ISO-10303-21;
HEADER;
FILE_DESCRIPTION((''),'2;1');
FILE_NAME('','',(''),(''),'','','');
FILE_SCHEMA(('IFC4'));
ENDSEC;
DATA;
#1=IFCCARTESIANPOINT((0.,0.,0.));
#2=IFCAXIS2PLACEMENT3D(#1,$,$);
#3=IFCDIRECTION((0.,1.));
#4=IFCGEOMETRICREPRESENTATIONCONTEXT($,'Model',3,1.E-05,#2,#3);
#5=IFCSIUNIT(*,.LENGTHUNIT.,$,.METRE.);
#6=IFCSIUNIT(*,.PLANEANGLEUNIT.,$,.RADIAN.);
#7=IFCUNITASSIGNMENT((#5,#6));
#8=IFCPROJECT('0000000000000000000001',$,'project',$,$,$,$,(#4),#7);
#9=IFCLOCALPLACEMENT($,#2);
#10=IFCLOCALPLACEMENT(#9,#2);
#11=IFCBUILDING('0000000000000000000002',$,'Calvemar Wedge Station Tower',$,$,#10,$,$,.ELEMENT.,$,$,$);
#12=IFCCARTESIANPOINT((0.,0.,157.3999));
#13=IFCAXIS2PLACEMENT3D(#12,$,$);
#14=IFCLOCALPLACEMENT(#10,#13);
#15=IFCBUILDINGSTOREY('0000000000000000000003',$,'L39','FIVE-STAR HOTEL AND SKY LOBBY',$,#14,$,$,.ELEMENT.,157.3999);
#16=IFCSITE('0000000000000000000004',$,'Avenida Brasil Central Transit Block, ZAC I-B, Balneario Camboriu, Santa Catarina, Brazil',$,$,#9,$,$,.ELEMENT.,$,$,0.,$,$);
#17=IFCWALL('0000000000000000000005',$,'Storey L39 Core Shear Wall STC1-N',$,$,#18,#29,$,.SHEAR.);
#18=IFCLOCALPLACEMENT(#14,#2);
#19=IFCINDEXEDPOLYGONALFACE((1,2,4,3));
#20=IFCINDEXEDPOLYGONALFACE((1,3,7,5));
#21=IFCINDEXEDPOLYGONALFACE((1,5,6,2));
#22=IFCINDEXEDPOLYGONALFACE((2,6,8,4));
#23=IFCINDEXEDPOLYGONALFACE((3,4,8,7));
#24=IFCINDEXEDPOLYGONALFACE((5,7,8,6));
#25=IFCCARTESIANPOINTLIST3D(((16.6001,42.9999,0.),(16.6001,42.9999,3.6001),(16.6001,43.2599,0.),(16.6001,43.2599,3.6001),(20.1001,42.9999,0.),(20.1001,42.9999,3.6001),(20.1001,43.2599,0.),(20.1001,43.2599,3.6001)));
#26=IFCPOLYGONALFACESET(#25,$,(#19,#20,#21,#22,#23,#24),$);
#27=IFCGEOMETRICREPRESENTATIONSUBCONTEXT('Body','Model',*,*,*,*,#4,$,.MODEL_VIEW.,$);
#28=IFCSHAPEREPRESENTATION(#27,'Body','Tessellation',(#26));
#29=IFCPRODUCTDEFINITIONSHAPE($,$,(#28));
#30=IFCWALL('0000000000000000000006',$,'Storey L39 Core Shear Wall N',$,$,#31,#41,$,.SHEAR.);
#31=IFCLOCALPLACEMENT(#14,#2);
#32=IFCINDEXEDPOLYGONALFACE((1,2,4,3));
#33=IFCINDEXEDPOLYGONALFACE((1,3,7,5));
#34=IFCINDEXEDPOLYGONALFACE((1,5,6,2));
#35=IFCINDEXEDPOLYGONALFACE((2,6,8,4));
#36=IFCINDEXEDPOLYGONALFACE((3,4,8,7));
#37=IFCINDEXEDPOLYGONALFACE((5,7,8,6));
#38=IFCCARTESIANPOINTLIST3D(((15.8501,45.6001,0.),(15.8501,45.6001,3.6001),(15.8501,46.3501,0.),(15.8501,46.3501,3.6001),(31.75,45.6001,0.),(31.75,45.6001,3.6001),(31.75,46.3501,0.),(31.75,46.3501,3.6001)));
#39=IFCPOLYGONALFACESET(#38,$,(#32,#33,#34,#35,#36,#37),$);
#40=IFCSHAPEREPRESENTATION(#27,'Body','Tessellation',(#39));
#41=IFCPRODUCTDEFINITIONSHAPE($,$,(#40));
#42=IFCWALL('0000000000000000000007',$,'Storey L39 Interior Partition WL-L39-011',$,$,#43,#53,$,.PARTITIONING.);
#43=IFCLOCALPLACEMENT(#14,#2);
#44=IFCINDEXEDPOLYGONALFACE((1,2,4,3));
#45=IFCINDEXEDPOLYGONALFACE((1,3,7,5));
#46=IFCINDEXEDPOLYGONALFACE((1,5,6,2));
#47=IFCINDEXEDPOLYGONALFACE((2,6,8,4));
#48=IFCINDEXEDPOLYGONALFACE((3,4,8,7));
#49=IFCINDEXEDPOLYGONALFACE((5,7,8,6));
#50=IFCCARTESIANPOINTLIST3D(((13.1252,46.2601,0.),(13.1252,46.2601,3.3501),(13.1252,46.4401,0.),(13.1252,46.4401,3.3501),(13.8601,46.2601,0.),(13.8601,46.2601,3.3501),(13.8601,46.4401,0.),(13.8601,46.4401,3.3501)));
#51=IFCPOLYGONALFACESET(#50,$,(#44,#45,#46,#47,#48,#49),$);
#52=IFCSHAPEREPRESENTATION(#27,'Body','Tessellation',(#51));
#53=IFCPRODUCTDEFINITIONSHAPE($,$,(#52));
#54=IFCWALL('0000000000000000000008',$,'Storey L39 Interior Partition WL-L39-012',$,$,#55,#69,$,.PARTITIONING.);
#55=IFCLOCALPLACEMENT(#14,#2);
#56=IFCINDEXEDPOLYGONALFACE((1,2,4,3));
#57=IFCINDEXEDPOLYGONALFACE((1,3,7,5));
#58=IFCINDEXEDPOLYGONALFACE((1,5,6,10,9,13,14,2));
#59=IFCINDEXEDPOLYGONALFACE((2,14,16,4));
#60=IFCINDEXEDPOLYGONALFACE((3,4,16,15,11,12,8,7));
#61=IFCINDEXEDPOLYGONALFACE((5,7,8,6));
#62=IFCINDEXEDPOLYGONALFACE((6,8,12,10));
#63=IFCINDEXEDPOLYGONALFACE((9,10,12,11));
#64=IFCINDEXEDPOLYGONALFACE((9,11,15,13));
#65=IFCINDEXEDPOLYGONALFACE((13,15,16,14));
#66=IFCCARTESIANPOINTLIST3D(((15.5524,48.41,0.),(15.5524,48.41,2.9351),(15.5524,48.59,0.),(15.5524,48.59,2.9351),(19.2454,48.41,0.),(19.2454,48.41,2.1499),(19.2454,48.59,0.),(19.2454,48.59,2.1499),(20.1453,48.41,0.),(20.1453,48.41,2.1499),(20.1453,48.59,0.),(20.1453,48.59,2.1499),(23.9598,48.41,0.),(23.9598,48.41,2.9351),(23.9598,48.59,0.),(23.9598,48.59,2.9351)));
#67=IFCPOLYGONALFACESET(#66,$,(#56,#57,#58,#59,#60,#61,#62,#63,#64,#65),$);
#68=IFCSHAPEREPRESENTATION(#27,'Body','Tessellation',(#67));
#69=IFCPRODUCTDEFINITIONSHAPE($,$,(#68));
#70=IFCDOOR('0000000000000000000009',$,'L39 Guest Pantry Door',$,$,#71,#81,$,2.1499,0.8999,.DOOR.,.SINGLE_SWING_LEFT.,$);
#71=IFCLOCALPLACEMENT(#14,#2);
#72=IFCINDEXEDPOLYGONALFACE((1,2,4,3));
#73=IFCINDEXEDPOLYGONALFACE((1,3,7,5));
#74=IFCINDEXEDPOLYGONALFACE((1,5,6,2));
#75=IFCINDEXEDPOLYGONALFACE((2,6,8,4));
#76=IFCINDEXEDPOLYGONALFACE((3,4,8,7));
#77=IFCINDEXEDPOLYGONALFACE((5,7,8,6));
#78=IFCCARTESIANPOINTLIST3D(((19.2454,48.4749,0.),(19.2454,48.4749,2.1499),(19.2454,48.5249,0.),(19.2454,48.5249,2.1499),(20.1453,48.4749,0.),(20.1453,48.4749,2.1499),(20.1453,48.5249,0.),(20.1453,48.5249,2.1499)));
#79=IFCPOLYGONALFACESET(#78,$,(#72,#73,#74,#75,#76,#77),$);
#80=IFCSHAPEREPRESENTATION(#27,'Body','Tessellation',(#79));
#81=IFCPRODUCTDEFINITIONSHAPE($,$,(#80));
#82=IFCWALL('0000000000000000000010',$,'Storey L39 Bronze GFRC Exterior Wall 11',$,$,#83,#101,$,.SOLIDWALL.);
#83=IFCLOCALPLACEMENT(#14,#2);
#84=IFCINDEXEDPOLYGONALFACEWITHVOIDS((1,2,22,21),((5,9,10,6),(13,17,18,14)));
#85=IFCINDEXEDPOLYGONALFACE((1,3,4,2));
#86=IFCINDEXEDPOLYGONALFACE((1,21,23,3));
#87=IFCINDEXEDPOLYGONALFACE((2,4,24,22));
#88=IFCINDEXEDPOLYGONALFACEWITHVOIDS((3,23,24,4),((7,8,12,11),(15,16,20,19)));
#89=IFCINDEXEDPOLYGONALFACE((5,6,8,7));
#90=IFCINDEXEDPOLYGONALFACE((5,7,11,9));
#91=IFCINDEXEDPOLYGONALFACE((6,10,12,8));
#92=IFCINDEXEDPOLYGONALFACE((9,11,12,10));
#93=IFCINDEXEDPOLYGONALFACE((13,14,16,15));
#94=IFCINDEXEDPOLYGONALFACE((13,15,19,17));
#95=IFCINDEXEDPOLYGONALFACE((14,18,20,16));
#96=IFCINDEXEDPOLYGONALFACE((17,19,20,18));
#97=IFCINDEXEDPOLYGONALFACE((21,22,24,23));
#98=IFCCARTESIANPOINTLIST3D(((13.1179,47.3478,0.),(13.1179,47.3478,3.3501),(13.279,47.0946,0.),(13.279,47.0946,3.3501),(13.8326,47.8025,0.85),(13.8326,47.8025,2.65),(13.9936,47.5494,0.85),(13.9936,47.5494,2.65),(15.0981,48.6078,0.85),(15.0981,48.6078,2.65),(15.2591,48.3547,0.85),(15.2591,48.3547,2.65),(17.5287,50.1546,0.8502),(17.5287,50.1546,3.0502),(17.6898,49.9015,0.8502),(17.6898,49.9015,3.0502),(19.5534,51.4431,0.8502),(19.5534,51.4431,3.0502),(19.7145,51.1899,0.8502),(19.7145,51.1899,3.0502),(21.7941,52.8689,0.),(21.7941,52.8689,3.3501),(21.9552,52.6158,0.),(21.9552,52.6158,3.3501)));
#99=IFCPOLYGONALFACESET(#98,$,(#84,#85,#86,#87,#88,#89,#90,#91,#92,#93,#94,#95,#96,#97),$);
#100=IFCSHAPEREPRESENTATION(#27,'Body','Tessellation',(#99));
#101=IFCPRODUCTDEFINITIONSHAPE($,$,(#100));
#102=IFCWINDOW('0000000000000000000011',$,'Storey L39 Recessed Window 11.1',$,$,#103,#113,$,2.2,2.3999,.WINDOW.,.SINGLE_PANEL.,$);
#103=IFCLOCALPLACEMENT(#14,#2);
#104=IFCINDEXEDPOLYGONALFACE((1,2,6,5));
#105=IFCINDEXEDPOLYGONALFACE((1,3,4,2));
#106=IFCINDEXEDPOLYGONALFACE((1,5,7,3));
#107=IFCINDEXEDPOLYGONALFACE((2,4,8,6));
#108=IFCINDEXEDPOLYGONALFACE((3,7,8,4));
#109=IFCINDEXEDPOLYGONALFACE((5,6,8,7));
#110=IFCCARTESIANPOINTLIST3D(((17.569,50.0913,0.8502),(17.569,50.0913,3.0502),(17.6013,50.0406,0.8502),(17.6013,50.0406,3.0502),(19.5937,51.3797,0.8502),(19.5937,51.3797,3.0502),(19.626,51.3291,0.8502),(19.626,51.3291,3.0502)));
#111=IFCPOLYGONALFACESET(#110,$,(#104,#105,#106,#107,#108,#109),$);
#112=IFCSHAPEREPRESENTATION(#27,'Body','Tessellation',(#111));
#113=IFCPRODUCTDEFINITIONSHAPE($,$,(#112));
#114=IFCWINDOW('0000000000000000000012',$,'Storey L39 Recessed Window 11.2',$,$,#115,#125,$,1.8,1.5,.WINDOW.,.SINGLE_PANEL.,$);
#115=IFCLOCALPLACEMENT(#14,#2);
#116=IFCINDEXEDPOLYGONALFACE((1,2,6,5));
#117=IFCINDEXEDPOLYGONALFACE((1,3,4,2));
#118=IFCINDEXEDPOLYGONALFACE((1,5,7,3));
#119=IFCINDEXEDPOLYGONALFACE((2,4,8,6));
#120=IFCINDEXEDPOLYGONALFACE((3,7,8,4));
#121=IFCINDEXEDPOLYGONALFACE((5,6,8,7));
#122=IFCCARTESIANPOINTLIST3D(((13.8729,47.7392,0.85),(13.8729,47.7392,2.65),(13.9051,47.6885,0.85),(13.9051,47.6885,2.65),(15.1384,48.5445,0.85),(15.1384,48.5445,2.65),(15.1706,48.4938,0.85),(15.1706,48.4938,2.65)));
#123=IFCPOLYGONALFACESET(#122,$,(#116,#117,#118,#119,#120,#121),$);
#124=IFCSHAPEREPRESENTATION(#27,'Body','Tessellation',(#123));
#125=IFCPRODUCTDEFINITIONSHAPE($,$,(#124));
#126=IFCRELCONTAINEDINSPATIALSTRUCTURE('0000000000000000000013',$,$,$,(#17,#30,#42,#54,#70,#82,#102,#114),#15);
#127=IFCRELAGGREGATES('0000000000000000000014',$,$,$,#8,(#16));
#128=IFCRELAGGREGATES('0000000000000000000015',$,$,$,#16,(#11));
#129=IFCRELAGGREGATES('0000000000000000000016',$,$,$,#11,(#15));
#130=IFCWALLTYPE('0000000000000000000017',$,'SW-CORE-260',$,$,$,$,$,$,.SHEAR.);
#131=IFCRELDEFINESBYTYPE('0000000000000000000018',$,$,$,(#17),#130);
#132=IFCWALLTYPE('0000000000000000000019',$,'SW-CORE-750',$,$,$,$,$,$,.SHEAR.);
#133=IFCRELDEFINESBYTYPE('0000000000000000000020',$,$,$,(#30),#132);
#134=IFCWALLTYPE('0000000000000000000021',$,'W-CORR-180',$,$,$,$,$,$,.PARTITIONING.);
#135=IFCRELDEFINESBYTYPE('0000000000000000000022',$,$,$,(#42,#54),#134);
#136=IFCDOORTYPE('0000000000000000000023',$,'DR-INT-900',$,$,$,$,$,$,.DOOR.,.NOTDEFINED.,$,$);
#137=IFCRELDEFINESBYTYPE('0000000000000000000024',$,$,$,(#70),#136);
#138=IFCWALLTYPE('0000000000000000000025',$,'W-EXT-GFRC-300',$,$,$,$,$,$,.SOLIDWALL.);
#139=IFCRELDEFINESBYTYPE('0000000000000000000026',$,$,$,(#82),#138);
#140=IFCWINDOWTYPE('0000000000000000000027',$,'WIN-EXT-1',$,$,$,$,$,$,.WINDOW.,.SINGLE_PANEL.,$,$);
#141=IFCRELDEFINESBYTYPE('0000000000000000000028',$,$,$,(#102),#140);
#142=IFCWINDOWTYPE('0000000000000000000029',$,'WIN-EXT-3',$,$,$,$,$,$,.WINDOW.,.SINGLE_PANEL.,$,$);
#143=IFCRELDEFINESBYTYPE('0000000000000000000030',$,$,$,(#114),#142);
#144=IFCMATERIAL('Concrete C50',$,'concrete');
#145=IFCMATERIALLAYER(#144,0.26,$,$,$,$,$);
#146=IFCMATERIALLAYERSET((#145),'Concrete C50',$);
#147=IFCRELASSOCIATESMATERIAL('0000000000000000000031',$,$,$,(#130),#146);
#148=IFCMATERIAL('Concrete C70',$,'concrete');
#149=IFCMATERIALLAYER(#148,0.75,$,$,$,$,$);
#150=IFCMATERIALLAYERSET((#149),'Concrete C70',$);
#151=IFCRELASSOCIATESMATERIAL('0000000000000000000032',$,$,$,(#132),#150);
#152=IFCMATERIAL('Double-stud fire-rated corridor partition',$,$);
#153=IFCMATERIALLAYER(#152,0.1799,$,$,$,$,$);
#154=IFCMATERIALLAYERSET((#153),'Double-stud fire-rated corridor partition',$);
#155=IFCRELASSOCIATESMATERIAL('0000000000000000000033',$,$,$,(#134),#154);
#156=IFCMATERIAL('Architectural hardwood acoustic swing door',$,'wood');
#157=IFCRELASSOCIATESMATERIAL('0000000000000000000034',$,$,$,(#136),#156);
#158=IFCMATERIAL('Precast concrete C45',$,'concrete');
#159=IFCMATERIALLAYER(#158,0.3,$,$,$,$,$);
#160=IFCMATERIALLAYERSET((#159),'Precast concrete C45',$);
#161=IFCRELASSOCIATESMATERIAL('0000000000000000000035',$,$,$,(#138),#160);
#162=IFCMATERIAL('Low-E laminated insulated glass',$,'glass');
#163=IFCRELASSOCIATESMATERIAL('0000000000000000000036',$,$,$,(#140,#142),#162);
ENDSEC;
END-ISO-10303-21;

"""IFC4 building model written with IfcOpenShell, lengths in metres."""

from ifc_helpers import new_model, si_unit, direction, frame, frame_2d, origin, place, context, subcontext, project, spatial, rectangle, extrude, source, transform, mapped, material, layer, layer_set, type_object, element, fill, save


model = new_model("IFC4")

# Units and contexts
model_context = context("Model", 3, precision=1e-05, world=origin(), true_north=direction((0.0, 1.0)))
body_context = subcontext(model_context, "Body", "Model", "MODEL_VIEW")
ifc_project = project(units=[si_unit("LENGTHUNIT", "METRE"), si_unit("PLANEANGLEUNIT", "RADIAN")], contexts=[model_context])

# Site, building, storey
site_placement = place(None, origin())
site = spatial("IfcSite", under=ifc_project, at=site_placement, Name="Avenida Brasil Central Transit Block, ZAC I-B, Balneario Camboriu, Santa Catarina, Brazil", CompositionType="ELEMENT", RefElevation=0.0)
building_placement = place(site_placement, origin())
building = spatial("IfcBuilding", under=site, at=building_placement, Name="Calvemar Wedge Station Tower", CompositionType="ELEMENT")
storey_placement = place(building_placement, frame((0.0, 0.0, 157.3999)))
storey = spatial("IfcBuildingStorey", under=building, at=storey_placement, Name="L39", Description="FIVE-STAR HOTEL AND SKY LOBBY", CompositionType="ELEMENT", Elevation=157.3999)

# Walls
ifc_material_1 = material(Name="Concrete C50", Category="concrete")
ifc_layer_1 = layer(ifc_material_1, 0.26)
ifc_layer_set_1 = layer_set([ifc_layer_1], Name="Concrete C50")
wall_type_1 = type_object("IfcWallType", Name="SW-CORE-260", PredefinedType="SHEAR", material=ifc_layer_set_1)
wall_1_placement = place(storey_placement, frame((16.6001, 43.1299, 0.0), z_axis=(0.0, 0.0, 1.0), x_axis=(1.0, 0.0, 0.0)))
element("IfcWall", 1, at=wall_1_placement, inside=storey, type_object=wall_type_1, Name="Storey L39 Core Shear Wall STC1-N", PredefinedType="SHEAR", context=body_context, shape_type="SweptSolid", body=[
    extrude(rectangle(XDim=3.5, YDim=0.26, at=frame_2d((1.75, 0.0))), origin(), (0.0, 0.0, 1.0), 3.6001),
])
ifc_material_2 = material(Name="Concrete C70", Category="concrete")
ifc_layer_2 = layer(ifc_material_2, 0.75)
ifc_layer_set_2 = layer_set([ifc_layer_2], Name="Concrete C70")
wall_type_2 = type_object("IfcWallType", Name="SW-CORE-750", PredefinedType="SHEAR", material=ifc_layer_set_2)
wall_2_placement = place(storey_placement, frame((15.8501, 45.9751, 0.0), z_axis=(0.0, 0.0, 1.0), x_axis=(1.0, 0.0, 0.0)))
element("IfcWall", 2, at=wall_2_placement, inside=storey, type_object=wall_type_2, Name="Storey L39 Core Shear Wall N", PredefinedType="SHEAR", context=body_context, shape_type="SweptSolid", body=[
    extrude(rectangle(XDim=15.8999, YDim=0.75, at=frame_2d((7.95, 0.0))), origin(), (0.0, 0.0, 1.0), 3.6001),
])

# Shared definitions
ifc_material_3 = material(Name="Double-stud fire-rated corridor partition")
ifc_layer_3 = layer(ifc_material_3, 0.1799)
ifc_layer_set_3 = layer_set([ifc_layer_3], Name="Double-stud fire-rated corridor partition")
wall_type_3 = type_object("IfcWallType", Name="W-CORR-180", PredefinedType="PARTITIONING", material=ifc_layer_set_3)

# Wall
wall_3_placement = place(storey_placement, frame((13.8601, 46.3501, 0.0), z_axis=(0.0, 0.0, 1.0), x_axis=(-1.0, 0.0, 0.0)))
element("IfcWall", 3, at=wall_3_placement, inside=storey, type_object=wall_type_3, Name="Storey L39 Interior Partition WL-L39-011", PredefinedType="PARTITIONING", context=body_context, shape_type="SweptSolid", body=[
    extrude(rectangle(XDim=0.7349, YDim=0.1799, at=frame_2d((0.3674, 0.0))), origin(), (0.0, 0.0, 1.0), 3.3501),
])

# Wall, opening, door
wall_4_placement = place(storey_placement, frame((15.5525, 48.5, 0.0), z_axis=(0.0, 0.0, 1.0), x_axis=(1.0, 0.0, 0.0)))
wall_4 = element("IfcWall", 4, at=wall_4_placement, inside=storey, type_object=wall_type_3, Name="Storey L39 Interior Partition WL-L39-012", PredefinedType="PARTITIONING", context=body_context, shape_type="SweptSolid", body=[
    extrude(rectangle(XDim=8.4075, YDim=0.1799, at=frame_2d((4.2036, 0.0))), origin(), (0.0, 0.0, 1.0), 2.9351),
])
shared_shape_1 = source(origin(), body_context, "Body", "SweptSolid", [
    extrude(rectangle(XDim=0.8999, YDim=2.1499, at=frame_2d((0.45, 1.075))), frame((0.0, 0.1001, 0.0), z_axis=(0.0, -1.0, 0.0), x_axis=(1.0, 0.0, 0.0)), (0.0, 0.0, 1.0), 0.2),
])
opening_1_placement = place(wall_4_placement, frame((3.6929, 0.0, 0.0)))
opening_1 = element("IfcOpeningElement", 5, at=opening_1_placement, cuts=wall_4, PredefinedType="OPENING", context=body_context, shape_type="MappedRepresentation", body=[
    mapped(shared_shape_1, transform((0.0, 0.0, 0.0), scale=1.0)),
])
ifc_material_4 = material(Name="Architectural hardwood acoustic swing door", Category="wood")
door_type_1 = type_object("IfcDoorType", Name="DR-INT-900", OperationType="NOTDEFINED", PredefinedType="DOOR", material=ifc_material_4)
shared_shape_2 = source(origin(), body_context, "Body", "SweptSolid", [
    extrude(rectangle(XDim=0.8999, YDim=2.1499, at=frame_2d((0.45, 1.075))), frame((0.0, 0.0249, 0.0), z_axis=(0.0, -1.0, 0.0), x_axis=(1.0, 0.0, 0.0)), (0.0, 0.0, 1.0), 0.05),
])
door_1_placement = place(opening_1_placement, origin())
door_1 = element("IfcDoor", 6, at=door_1_placement, inside=storey, type_object=door_type_1, Name="L39 Guest Pantry Door", OperationType="SINGLE_SWING_LEFT", OverallHeight=2.1499, OverallWidth=0.8999, PredefinedType="DOOR", context=body_context, shape_type="MappedRepresentation", body=[
    mapped(shared_shape_2, transform((0.0, 0.0, 0.0), scale=1.0)),
])
fill(opening_1, door_1)

# Wall, openings, windows
ifc_material_5 = material(Name="Precast concrete C45", Category="concrete")
ifc_layer_4 = layer(ifc_material_5, 0.3)
ifc_layer_set_4 = layer_set([ifc_layer_4], Name="Precast concrete C45")
wall_type_4 = type_object("IfcWallType", Name="W-EXT-GFRC-300", PredefinedType="SOLIDWALL", material=ifc_layer_set_4)
wall_5_placement = place(storey_placement, frame((21.8748, 52.7424, 0.0), z_axis=(0.0, 0.0, 1.0), x_axis=(-0.843662, -0.536874, 0.0)))
wall_5 = element("IfcWall", 7, at=wall_5_placement, inside=storey, type_object=wall_type_4, Name="Storey L39 Bronze GFRC Exterior Wall 11", PredefinedType="SOLIDWALL", context=body_context, shape_type="SweptSolid", body=[
    extrude(rectangle(XDim=10.2839, YDim=0.3, at=frame_2d((5.1421, 0.0))), origin(), (0.0, 0.0, 1.0), 3.3501),
])
shared_shape_3 = source(origin(), body_context, "Body", "SweptSolid", [
    extrude(rectangle(XDim=2.3999, YDim=2.2, at=frame_2d((1.2, 1.1001))), frame((0.0, 0.1602, 0.0), z_axis=(0.0, -1.0, 0.0), x_axis=(1.0, 0.0, 0.0)), (0.0, 0.0, 1.0), 0.3201),
])
opening_2_placement = place(wall_5_placement, frame((2.656, 0.0, 0.8501)))
opening_2 = element("IfcOpeningElement", 8, at=opening_2_placement, cuts=wall_5, PredefinedType="OPENING", context=body_context, shape_type="MappedRepresentation", body=[
    mapped(shared_shape_3, transform((0.0, 0.0, 0.0), scale=1.0)),
])
shared_shape_4 = source(origin(), body_context, "Body", "SweptSolid", [
    extrude(rectangle(XDim=1.5, YDim=1.8, at=frame_2d((0.75, 0.8999))), frame((0.0, 0.1602, 0.0), z_axis=(0.0, -1.0, 0.0), x_axis=(1.0, 0.0, 0.0)), (0.0, 0.0, 1.0), 0.3201),
])
opening_3_placement = place(wall_5_placement, frame((7.937, 0.0, 0.8501)))
opening_3 = element("IfcOpeningElement", 9, at=opening_3_placement, cuts=wall_5, PredefinedType="OPENING", context=body_context, shape_type="MappedRepresentation", body=[
    mapped(shared_shape_4, transform((0.0, 0.0, 0.0), scale=1.0)),
])
ifc_material_6 = material(Name="Low-E laminated insulated glass", Category="glass")
window_type_1 = type_object("IfcWindowType", Name="WIN-EXT-1", PartitioningType="SINGLE_PANEL", PredefinedType="WINDOW", material=ifc_material_6)
shared_shape_5 = source(origin(), body_context, "Body", "SweptSolid", [
    extrude(rectangle(XDim=2.3999, YDim=2.2, at=frame_2d((1.2, 1.1001))), frame((0.0, -0.0149, 0.0), z_axis=(0.0, -1.0, 0.0), x_axis=(1.0, 0.0, 0.0)), (0.0, 0.0, 1.0), 0.0601),
])
window_1_placement = place(opening_2_placement, origin())
window_1 = element("IfcWindow", 10, at=window_1_placement, inside=storey, type_object=window_type_1, Name="Storey L39 Recessed Window 11.1", OverallHeight=2.2, OverallWidth=2.3999, PartitioningType="SINGLE_PANEL", PredefinedType="WINDOW", context=body_context, shape_type="MappedRepresentation", body=[
    mapped(shared_shape_5, transform((0.0, 0.0, 0.0), scale=1.0)),
])
fill(opening_2, window_1)
window_type_2 = type_object("IfcWindowType", Name="WIN-EXT-3", PartitioningType="SINGLE_PANEL", PredefinedType="WINDOW", material=ifc_material_6)
shared_shape_6 = source(origin(), body_context, "Body", "SweptSolid", [
    extrude(rectangle(XDim=1.5, YDim=1.8, at=frame_2d((0.75, 0.8999))), frame((0.0, -0.0149, 0.0), z_axis=(0.0, -1.0, 0.0), x_axis=(1.0, 0.0, 0.0)), (0.0, 0.0, 1.0), 0.0601),
])
window_2_placement = place(opening_3_placement, origin())
window_2 = element("IfcWindow", 11, at=window_2_placement, inside=storey, type_object=window_type_2, Name="Storey L39 Recessed Window 11.2", OverallHeight=1.8, OverallWidth=1.5, PartitioningType="SINGLE_PANEL", PredefinedType="WINDOW", context=body_context, shape_type="MappedRepresentation", body=[
    mapped(shared_shape_6, transform((0.0, 0.0, 0.0), scale=1.0)),
])
fill(opening_3, window_2)

save(model, "model.ifc")
